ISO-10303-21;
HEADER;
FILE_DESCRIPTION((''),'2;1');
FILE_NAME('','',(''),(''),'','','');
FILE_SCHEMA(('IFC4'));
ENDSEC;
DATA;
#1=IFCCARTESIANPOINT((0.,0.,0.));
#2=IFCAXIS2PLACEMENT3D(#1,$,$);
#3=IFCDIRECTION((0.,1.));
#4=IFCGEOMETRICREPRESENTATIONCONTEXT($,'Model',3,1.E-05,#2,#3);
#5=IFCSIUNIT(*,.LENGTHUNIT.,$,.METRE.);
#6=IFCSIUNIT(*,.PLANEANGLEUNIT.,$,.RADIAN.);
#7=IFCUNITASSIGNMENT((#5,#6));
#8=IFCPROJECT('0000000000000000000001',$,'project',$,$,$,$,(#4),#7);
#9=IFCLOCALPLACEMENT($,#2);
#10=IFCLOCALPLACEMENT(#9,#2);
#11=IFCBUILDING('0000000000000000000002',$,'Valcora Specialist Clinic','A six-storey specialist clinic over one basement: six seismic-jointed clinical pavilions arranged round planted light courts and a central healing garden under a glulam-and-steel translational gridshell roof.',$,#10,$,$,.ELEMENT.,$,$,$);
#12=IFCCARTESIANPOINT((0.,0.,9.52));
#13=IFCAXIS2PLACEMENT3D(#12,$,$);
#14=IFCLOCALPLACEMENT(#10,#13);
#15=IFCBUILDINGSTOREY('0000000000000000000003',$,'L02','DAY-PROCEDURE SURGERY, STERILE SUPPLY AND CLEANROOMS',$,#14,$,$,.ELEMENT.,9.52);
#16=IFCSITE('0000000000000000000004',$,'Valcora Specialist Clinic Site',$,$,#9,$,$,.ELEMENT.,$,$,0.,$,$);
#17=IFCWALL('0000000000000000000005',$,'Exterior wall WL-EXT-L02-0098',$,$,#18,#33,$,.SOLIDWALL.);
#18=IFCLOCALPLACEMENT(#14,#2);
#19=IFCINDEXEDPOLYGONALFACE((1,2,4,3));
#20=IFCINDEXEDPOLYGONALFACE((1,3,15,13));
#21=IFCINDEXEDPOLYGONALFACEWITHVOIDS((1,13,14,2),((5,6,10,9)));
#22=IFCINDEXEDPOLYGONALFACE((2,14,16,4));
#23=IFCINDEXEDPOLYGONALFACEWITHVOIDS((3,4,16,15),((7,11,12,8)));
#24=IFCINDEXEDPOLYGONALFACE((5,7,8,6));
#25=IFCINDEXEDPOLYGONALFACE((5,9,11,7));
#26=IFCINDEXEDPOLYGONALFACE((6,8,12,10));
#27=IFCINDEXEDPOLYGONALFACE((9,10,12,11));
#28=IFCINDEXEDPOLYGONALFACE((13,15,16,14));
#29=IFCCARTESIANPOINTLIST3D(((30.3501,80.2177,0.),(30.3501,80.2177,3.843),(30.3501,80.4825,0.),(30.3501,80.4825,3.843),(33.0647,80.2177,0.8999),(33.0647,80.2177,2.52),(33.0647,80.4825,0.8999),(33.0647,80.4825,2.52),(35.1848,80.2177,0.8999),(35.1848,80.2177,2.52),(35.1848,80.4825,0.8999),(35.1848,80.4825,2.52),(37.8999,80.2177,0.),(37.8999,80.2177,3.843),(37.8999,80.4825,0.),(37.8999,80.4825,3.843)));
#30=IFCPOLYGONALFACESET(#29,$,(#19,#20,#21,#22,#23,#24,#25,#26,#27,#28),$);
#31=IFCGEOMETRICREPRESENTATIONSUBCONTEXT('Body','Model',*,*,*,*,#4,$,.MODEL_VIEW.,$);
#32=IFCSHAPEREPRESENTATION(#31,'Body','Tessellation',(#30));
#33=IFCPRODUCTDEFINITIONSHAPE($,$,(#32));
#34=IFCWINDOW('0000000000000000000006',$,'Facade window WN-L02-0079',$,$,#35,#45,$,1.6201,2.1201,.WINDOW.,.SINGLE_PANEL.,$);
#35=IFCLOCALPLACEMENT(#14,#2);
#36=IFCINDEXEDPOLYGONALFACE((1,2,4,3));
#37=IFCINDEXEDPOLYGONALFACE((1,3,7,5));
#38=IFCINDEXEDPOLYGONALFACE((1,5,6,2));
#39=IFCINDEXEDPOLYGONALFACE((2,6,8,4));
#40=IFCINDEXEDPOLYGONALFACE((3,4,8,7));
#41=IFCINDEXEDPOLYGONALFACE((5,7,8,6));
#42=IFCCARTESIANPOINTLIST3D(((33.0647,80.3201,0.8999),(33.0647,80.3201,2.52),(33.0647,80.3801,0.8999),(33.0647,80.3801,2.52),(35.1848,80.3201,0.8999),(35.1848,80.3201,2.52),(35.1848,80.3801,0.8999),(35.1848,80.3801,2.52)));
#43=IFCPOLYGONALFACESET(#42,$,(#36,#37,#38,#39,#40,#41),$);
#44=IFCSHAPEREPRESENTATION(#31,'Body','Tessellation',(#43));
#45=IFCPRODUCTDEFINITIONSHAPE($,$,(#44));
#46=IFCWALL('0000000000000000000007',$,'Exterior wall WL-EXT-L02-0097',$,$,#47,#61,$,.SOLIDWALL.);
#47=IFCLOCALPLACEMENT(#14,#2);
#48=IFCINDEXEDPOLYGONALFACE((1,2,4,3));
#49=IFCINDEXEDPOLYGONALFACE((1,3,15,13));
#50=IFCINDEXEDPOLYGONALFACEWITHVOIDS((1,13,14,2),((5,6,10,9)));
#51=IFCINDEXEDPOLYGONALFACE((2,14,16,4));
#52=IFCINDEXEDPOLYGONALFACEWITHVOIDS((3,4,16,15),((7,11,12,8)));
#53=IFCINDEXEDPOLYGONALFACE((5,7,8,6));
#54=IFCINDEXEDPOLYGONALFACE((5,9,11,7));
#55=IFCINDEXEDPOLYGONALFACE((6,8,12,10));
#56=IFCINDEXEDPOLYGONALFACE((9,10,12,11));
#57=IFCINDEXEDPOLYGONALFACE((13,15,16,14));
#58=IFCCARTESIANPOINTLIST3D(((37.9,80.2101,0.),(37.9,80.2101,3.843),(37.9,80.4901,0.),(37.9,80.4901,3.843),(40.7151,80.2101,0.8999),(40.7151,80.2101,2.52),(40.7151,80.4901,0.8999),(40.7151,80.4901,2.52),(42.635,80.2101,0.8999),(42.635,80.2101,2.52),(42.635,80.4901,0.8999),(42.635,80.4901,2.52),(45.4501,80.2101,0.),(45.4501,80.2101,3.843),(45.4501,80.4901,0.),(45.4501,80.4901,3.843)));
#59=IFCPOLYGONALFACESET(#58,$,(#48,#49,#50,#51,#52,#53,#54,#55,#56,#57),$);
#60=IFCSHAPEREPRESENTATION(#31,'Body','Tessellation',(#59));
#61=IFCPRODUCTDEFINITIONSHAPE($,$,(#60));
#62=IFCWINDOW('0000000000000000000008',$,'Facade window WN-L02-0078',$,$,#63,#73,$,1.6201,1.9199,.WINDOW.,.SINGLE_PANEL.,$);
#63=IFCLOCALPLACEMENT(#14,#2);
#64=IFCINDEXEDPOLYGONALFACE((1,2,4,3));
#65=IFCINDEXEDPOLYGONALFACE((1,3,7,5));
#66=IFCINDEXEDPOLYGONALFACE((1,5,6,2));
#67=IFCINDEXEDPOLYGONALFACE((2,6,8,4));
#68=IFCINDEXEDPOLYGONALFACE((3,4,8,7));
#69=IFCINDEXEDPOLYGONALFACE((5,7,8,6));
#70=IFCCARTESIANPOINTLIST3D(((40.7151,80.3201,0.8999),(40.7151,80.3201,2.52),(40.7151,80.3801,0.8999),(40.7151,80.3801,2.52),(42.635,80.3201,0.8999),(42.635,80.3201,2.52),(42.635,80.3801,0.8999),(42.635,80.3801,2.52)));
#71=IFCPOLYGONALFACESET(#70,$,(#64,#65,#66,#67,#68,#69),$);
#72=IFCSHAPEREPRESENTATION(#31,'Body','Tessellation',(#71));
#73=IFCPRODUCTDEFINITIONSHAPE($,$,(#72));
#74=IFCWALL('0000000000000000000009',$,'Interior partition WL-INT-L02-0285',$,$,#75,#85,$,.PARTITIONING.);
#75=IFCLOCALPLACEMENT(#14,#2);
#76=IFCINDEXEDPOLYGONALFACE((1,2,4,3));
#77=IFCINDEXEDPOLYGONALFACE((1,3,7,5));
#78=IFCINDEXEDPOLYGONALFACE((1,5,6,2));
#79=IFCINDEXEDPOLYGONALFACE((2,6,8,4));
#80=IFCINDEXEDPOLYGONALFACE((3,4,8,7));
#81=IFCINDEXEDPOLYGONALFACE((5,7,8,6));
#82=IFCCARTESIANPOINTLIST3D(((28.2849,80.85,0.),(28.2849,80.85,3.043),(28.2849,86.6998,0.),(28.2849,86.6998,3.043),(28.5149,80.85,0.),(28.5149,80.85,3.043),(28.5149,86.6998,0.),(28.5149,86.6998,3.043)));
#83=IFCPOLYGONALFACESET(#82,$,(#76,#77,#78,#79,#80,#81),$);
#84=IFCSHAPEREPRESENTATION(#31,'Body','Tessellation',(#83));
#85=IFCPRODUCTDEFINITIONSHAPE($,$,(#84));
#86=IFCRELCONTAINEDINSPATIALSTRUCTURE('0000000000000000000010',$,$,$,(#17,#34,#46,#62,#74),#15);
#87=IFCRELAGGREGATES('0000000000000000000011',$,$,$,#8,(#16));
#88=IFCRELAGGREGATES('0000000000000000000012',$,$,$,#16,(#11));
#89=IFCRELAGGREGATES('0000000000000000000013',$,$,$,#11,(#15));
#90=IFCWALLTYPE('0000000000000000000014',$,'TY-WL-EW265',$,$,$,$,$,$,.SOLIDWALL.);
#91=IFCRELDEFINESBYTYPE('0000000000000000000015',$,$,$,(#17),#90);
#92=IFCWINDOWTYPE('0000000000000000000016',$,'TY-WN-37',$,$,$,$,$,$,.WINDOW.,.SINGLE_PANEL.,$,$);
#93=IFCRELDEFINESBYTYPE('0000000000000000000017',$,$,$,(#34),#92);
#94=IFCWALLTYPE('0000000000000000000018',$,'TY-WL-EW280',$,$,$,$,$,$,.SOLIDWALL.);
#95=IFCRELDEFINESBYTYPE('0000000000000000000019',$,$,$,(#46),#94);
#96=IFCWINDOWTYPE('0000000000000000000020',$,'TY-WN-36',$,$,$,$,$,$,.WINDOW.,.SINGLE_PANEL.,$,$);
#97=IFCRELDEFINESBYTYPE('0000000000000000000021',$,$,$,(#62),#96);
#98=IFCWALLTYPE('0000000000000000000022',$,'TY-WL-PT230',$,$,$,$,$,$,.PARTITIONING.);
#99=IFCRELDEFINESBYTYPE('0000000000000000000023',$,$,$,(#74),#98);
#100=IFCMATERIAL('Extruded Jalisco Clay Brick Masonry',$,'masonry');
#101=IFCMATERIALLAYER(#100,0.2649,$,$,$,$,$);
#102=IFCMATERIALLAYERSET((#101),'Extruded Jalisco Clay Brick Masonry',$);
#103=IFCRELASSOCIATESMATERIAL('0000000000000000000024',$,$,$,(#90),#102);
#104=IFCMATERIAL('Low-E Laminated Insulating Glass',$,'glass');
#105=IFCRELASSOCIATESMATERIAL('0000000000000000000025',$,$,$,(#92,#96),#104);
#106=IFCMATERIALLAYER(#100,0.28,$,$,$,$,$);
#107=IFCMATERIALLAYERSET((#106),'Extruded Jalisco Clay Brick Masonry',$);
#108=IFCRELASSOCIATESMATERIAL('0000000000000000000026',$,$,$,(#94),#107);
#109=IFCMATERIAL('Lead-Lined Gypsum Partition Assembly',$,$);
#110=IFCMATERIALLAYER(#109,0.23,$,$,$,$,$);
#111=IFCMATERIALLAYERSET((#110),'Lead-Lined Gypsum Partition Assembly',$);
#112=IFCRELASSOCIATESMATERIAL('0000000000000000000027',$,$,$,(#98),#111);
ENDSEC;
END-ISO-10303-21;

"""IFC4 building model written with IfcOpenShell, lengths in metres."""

from ifc_helpers import new_model, si_unit, direction, frame, frame_2d, origin, place, context, subcontext, project, spatial, rectangle, extrude, material, layer, layer_set, type_object, element, fill, save


model = new_model("IFC4")

# Units and contexts
model_context = context("Model", 3, precision=1e-05, world=origin(), true_north=direction((0.0, 1.0)))
body_context = subcontext(model_context, "Body", "Model", "MODEL_VIEW")
ifc_project = project(units=[si_unit("LENGTHUNIT", "METRE"), si_unit("PLANEANGLEUNIT", "RADIAN")], contexts=[model_context])

# Site, building, storey
site_placement = place(None, origin())
site = spatial("IfcSite", under=ifc_project, at=site_placement, Name="Valcora Specialist Clinic Site", CompositionType="ELEMENT", RefElevation=0.0)
building_placement = place(site_placement, origin())
building = spatial("IfcBuilding", under=site, at=building_placement, Name="Valcora Specialist Clinic", Description="A six-storey specialist clinic over one basement: six seismic-jointed clinical pavilions arranged round planted light courts and a central healing garden under a glulam-and-steel translational gridshell roof.", CompositionType="ELEMENT")
storey_placement = place(building_placement, frame((0.0, 0.0, 9.52)))
storey = spatial("IfcBuildingStorey", under=building, at=storey_placement, Name="L02", Description="DAY-PROCEDURE SURGERY, STERILE SUPPLY AND CLEANROOMS", CompositionType="ELEMENT", Elevation=9.52)

# Walls, openings, windows
ifc_material_1 = material(Name="Extruded Jalisco Clay Brick Masonry", Category="masonry")
ifc_material_2 = material(Name="Low-E Laminated Insulating Glass", Category="glass")
ifc_layer_1 = layer(ifc_material_1, 0.2649)
ifc_layer_set_1 = layer_set([ifc_layer_1], Name="Extruded Jalisco Clay Brick Masonry")
wall_type_1 = type_object("IfcWallType", Name="TY-WL-EW265", PredefinedType="SOLIDWALL", material=ifc_layer_set_1)
wall_1_placement = place(storey_placement, frame((37.8999, 80.3501, 0.0), z_axis=(0.0, 0.0, 1.0), x_axis=(-1.0, 0.0, 0.0)))
wall_1 = element("IfcWall", 1, at=wall_1_placement, inside=storey, type_object=wall_type_1, Name="Exterior wall WL-EXT-L02-0098", PredefinedType="SOLIDWALL", context=body_context, shape_type="SweptSolid", body=[
    extrude(rectangle(XDim=7.5498, YDim=0.2649, at=frame_2d((3.7749, 0.0))), origin(), (0.0, 0.0, 1.0), 3.843),
])
opening_1_placement = place(wall_1_placement, frame((2.7151, 0.0, 0.8999)))
opening_1 = element("IfcOpeningElement", 2, at=opening_1_placement, cuts=wall_1, PredefinedType="OPENING", context=body_context, shape_type="SweptSolid", body=[
    extrude(rectangle(XDim=2.1201, YDim=1.6201, at=frame_2d((1.0601, 0.8101))), frame((0.0, 0.1423, 0.0), z_axis=(0.0, -1.0, 0.0), x_axis=(1.0, 0.0, 0.0)), (0.0, 0.0, 1.0), 0.2849),
])
window_type_1 = type_object("IfcWindowType", Name="TY-WN-37", PartitioningType="SINGLE_PANEL", PredefinedType="WINDOW", material=ifc_material_2)
window_1_placement = place(opening_1_placement, origin())
window_1 = element("IfcWindow", 3, at=window_1_placement, inside=storey, type_object=window_type_1, Name="Facade window WN-L02-0079", OverallHeight=1.6201, OverallWidth=2.1201, PartitioningType="SINGLE_PANEL", PredefinedType="WINDOW", context=body_context, shape_type="SweptSolid", body=[
    extrude(rectangle(XDim=2.1201, YDim=1.6201, at=frame_2d((1.0601, 0.8101))), frame((0.0, 0.03, 0.0), z_axis=(0.0, -1.0, 0.0), x_axis=(1.0, 0.0, 0.0)), (0.0, 0.0, 1.0), 0.0601),
])
fill(opening_1, window_1)
ifc_layer_2 = layer(ifc_material_1, 0.28)
ifc_layer_set_2 = layer_set([ifc_layer_2], Name="Extruded Jalisco Clay Brick Masonry")
wall_type_2 = type_object("IfcWallType", Name="TY-WL-EW280", PredefinedType="SOLIDWALL", material=ifc_layer_set_2)
wall_2_placement = place(storey_placement, frame((45.45, 80.3501, 0.0), z_axis=(0.0, 0.0, 1.0), x_axis=(-1.0, 0.0, 0.0)))
wall_2 = element("IfcWall", 4, at=wall_2_placement, inside=storey, type_object=wall_type_2, Name="Exterior wall WL-EXT-L02-0097", PredefinedType="SOLIDWALL", context=body_context, shape_type="SweptSolid", body=[
    extrude(rectangle(XDim=7.55, YDim=0.28, at=frame_2d((3.7749, 0.0))), origin(), (0.0, 0.0, 1.0), 3.843),
])
opening_2_placement = place(wall_2_placement, frame((2.8149, 0.0, 0.8999)))
opening_2 = element("IfcOpeningElement", 5, at=opening_2_placement, cuts=wall_2, PredefinedType="OPENING", context=body_context, shape_type="SweptSolid", body=[
    extrude(rectangle(XDim=1.9199, YDim=1.6201, at=frame_2d((0.96, 0.8101))), frame((0.0, 0.1499, 0.0), z_axis=(0.0, -1.0, 0.0), x_axis=(1.0, 0.0, 0.0)), (0.0, 0.0, 1.0), 0.3),
])
window_type_2 = type_object("IfcWindowType", Name="TY-WN-36", PartitioningType="SINGLE_PANEL", PredefinedType="WINDOW", material=ifc_material_2)
window_2_placement = place(opening_2_placement, origin())
window_2 = element("IfcWindow", 6, at=window_2_placement, inside=storey, type_object=window_type_2, Name="Facade window WN-L02-0078", OverallHeight=1.6201, OverallWidth=1.9199, PartitioningType="SINGLE_PANEL", PredefinedType="WINDOW", context=body_context, shape_type="SweptSolid", body=[
    extrude(rectangle(XDim=1.9199, YDim=1.6201, at=frame_2d((0.96, 0.8101))), frame((0.0, 0.03, 0.0), z_axis=(0.0, -1.0, 0.0), x_axis=(1.0, 0.0, 0.0)), (0.0, 0.0, 1.0), 0.0601),
])
fill(opening_2, window_2)

# Wall
ifc_material_3 = material(Name="Lead-Lined Gypsum Partition Assembly")
ifc_layer_3 = layer(ifc_material_3, 0.23)
ifc_layer_set_3 = layer_set([ifc_layer_3], Name="Lead-Lined Gypsum Partition Assembly")
wall_type_3 = type_object("IfcWallType", Name="TY-WL-PT230", PredefinedType="PARTITIONING", material=ifc_layer_set_3)
wall_3_placement = place(storey_placement, frame((28.3999, 80.8501, 0.0), z_axis=(0.0, 0.0, 1.0), x_axis=(0.0, 1.0, 0.0)))
element("IfcWall", 7, at=wall_3_placement, inside=storey, type_object=wall_type_3, Name="Interior partition WL-INT-L02-0285", PredefinedType="PARTITIONING", context=body_context, shape_type="SweptSolid", body=[
    extrude(rectangle(XDim=5.8499, YDim=0.23, at=frame_2d((2.9248, 0.0))), origin(), (0.0, 0.0, 1.0), 3.043),
])

save(model, "model.ifc")
